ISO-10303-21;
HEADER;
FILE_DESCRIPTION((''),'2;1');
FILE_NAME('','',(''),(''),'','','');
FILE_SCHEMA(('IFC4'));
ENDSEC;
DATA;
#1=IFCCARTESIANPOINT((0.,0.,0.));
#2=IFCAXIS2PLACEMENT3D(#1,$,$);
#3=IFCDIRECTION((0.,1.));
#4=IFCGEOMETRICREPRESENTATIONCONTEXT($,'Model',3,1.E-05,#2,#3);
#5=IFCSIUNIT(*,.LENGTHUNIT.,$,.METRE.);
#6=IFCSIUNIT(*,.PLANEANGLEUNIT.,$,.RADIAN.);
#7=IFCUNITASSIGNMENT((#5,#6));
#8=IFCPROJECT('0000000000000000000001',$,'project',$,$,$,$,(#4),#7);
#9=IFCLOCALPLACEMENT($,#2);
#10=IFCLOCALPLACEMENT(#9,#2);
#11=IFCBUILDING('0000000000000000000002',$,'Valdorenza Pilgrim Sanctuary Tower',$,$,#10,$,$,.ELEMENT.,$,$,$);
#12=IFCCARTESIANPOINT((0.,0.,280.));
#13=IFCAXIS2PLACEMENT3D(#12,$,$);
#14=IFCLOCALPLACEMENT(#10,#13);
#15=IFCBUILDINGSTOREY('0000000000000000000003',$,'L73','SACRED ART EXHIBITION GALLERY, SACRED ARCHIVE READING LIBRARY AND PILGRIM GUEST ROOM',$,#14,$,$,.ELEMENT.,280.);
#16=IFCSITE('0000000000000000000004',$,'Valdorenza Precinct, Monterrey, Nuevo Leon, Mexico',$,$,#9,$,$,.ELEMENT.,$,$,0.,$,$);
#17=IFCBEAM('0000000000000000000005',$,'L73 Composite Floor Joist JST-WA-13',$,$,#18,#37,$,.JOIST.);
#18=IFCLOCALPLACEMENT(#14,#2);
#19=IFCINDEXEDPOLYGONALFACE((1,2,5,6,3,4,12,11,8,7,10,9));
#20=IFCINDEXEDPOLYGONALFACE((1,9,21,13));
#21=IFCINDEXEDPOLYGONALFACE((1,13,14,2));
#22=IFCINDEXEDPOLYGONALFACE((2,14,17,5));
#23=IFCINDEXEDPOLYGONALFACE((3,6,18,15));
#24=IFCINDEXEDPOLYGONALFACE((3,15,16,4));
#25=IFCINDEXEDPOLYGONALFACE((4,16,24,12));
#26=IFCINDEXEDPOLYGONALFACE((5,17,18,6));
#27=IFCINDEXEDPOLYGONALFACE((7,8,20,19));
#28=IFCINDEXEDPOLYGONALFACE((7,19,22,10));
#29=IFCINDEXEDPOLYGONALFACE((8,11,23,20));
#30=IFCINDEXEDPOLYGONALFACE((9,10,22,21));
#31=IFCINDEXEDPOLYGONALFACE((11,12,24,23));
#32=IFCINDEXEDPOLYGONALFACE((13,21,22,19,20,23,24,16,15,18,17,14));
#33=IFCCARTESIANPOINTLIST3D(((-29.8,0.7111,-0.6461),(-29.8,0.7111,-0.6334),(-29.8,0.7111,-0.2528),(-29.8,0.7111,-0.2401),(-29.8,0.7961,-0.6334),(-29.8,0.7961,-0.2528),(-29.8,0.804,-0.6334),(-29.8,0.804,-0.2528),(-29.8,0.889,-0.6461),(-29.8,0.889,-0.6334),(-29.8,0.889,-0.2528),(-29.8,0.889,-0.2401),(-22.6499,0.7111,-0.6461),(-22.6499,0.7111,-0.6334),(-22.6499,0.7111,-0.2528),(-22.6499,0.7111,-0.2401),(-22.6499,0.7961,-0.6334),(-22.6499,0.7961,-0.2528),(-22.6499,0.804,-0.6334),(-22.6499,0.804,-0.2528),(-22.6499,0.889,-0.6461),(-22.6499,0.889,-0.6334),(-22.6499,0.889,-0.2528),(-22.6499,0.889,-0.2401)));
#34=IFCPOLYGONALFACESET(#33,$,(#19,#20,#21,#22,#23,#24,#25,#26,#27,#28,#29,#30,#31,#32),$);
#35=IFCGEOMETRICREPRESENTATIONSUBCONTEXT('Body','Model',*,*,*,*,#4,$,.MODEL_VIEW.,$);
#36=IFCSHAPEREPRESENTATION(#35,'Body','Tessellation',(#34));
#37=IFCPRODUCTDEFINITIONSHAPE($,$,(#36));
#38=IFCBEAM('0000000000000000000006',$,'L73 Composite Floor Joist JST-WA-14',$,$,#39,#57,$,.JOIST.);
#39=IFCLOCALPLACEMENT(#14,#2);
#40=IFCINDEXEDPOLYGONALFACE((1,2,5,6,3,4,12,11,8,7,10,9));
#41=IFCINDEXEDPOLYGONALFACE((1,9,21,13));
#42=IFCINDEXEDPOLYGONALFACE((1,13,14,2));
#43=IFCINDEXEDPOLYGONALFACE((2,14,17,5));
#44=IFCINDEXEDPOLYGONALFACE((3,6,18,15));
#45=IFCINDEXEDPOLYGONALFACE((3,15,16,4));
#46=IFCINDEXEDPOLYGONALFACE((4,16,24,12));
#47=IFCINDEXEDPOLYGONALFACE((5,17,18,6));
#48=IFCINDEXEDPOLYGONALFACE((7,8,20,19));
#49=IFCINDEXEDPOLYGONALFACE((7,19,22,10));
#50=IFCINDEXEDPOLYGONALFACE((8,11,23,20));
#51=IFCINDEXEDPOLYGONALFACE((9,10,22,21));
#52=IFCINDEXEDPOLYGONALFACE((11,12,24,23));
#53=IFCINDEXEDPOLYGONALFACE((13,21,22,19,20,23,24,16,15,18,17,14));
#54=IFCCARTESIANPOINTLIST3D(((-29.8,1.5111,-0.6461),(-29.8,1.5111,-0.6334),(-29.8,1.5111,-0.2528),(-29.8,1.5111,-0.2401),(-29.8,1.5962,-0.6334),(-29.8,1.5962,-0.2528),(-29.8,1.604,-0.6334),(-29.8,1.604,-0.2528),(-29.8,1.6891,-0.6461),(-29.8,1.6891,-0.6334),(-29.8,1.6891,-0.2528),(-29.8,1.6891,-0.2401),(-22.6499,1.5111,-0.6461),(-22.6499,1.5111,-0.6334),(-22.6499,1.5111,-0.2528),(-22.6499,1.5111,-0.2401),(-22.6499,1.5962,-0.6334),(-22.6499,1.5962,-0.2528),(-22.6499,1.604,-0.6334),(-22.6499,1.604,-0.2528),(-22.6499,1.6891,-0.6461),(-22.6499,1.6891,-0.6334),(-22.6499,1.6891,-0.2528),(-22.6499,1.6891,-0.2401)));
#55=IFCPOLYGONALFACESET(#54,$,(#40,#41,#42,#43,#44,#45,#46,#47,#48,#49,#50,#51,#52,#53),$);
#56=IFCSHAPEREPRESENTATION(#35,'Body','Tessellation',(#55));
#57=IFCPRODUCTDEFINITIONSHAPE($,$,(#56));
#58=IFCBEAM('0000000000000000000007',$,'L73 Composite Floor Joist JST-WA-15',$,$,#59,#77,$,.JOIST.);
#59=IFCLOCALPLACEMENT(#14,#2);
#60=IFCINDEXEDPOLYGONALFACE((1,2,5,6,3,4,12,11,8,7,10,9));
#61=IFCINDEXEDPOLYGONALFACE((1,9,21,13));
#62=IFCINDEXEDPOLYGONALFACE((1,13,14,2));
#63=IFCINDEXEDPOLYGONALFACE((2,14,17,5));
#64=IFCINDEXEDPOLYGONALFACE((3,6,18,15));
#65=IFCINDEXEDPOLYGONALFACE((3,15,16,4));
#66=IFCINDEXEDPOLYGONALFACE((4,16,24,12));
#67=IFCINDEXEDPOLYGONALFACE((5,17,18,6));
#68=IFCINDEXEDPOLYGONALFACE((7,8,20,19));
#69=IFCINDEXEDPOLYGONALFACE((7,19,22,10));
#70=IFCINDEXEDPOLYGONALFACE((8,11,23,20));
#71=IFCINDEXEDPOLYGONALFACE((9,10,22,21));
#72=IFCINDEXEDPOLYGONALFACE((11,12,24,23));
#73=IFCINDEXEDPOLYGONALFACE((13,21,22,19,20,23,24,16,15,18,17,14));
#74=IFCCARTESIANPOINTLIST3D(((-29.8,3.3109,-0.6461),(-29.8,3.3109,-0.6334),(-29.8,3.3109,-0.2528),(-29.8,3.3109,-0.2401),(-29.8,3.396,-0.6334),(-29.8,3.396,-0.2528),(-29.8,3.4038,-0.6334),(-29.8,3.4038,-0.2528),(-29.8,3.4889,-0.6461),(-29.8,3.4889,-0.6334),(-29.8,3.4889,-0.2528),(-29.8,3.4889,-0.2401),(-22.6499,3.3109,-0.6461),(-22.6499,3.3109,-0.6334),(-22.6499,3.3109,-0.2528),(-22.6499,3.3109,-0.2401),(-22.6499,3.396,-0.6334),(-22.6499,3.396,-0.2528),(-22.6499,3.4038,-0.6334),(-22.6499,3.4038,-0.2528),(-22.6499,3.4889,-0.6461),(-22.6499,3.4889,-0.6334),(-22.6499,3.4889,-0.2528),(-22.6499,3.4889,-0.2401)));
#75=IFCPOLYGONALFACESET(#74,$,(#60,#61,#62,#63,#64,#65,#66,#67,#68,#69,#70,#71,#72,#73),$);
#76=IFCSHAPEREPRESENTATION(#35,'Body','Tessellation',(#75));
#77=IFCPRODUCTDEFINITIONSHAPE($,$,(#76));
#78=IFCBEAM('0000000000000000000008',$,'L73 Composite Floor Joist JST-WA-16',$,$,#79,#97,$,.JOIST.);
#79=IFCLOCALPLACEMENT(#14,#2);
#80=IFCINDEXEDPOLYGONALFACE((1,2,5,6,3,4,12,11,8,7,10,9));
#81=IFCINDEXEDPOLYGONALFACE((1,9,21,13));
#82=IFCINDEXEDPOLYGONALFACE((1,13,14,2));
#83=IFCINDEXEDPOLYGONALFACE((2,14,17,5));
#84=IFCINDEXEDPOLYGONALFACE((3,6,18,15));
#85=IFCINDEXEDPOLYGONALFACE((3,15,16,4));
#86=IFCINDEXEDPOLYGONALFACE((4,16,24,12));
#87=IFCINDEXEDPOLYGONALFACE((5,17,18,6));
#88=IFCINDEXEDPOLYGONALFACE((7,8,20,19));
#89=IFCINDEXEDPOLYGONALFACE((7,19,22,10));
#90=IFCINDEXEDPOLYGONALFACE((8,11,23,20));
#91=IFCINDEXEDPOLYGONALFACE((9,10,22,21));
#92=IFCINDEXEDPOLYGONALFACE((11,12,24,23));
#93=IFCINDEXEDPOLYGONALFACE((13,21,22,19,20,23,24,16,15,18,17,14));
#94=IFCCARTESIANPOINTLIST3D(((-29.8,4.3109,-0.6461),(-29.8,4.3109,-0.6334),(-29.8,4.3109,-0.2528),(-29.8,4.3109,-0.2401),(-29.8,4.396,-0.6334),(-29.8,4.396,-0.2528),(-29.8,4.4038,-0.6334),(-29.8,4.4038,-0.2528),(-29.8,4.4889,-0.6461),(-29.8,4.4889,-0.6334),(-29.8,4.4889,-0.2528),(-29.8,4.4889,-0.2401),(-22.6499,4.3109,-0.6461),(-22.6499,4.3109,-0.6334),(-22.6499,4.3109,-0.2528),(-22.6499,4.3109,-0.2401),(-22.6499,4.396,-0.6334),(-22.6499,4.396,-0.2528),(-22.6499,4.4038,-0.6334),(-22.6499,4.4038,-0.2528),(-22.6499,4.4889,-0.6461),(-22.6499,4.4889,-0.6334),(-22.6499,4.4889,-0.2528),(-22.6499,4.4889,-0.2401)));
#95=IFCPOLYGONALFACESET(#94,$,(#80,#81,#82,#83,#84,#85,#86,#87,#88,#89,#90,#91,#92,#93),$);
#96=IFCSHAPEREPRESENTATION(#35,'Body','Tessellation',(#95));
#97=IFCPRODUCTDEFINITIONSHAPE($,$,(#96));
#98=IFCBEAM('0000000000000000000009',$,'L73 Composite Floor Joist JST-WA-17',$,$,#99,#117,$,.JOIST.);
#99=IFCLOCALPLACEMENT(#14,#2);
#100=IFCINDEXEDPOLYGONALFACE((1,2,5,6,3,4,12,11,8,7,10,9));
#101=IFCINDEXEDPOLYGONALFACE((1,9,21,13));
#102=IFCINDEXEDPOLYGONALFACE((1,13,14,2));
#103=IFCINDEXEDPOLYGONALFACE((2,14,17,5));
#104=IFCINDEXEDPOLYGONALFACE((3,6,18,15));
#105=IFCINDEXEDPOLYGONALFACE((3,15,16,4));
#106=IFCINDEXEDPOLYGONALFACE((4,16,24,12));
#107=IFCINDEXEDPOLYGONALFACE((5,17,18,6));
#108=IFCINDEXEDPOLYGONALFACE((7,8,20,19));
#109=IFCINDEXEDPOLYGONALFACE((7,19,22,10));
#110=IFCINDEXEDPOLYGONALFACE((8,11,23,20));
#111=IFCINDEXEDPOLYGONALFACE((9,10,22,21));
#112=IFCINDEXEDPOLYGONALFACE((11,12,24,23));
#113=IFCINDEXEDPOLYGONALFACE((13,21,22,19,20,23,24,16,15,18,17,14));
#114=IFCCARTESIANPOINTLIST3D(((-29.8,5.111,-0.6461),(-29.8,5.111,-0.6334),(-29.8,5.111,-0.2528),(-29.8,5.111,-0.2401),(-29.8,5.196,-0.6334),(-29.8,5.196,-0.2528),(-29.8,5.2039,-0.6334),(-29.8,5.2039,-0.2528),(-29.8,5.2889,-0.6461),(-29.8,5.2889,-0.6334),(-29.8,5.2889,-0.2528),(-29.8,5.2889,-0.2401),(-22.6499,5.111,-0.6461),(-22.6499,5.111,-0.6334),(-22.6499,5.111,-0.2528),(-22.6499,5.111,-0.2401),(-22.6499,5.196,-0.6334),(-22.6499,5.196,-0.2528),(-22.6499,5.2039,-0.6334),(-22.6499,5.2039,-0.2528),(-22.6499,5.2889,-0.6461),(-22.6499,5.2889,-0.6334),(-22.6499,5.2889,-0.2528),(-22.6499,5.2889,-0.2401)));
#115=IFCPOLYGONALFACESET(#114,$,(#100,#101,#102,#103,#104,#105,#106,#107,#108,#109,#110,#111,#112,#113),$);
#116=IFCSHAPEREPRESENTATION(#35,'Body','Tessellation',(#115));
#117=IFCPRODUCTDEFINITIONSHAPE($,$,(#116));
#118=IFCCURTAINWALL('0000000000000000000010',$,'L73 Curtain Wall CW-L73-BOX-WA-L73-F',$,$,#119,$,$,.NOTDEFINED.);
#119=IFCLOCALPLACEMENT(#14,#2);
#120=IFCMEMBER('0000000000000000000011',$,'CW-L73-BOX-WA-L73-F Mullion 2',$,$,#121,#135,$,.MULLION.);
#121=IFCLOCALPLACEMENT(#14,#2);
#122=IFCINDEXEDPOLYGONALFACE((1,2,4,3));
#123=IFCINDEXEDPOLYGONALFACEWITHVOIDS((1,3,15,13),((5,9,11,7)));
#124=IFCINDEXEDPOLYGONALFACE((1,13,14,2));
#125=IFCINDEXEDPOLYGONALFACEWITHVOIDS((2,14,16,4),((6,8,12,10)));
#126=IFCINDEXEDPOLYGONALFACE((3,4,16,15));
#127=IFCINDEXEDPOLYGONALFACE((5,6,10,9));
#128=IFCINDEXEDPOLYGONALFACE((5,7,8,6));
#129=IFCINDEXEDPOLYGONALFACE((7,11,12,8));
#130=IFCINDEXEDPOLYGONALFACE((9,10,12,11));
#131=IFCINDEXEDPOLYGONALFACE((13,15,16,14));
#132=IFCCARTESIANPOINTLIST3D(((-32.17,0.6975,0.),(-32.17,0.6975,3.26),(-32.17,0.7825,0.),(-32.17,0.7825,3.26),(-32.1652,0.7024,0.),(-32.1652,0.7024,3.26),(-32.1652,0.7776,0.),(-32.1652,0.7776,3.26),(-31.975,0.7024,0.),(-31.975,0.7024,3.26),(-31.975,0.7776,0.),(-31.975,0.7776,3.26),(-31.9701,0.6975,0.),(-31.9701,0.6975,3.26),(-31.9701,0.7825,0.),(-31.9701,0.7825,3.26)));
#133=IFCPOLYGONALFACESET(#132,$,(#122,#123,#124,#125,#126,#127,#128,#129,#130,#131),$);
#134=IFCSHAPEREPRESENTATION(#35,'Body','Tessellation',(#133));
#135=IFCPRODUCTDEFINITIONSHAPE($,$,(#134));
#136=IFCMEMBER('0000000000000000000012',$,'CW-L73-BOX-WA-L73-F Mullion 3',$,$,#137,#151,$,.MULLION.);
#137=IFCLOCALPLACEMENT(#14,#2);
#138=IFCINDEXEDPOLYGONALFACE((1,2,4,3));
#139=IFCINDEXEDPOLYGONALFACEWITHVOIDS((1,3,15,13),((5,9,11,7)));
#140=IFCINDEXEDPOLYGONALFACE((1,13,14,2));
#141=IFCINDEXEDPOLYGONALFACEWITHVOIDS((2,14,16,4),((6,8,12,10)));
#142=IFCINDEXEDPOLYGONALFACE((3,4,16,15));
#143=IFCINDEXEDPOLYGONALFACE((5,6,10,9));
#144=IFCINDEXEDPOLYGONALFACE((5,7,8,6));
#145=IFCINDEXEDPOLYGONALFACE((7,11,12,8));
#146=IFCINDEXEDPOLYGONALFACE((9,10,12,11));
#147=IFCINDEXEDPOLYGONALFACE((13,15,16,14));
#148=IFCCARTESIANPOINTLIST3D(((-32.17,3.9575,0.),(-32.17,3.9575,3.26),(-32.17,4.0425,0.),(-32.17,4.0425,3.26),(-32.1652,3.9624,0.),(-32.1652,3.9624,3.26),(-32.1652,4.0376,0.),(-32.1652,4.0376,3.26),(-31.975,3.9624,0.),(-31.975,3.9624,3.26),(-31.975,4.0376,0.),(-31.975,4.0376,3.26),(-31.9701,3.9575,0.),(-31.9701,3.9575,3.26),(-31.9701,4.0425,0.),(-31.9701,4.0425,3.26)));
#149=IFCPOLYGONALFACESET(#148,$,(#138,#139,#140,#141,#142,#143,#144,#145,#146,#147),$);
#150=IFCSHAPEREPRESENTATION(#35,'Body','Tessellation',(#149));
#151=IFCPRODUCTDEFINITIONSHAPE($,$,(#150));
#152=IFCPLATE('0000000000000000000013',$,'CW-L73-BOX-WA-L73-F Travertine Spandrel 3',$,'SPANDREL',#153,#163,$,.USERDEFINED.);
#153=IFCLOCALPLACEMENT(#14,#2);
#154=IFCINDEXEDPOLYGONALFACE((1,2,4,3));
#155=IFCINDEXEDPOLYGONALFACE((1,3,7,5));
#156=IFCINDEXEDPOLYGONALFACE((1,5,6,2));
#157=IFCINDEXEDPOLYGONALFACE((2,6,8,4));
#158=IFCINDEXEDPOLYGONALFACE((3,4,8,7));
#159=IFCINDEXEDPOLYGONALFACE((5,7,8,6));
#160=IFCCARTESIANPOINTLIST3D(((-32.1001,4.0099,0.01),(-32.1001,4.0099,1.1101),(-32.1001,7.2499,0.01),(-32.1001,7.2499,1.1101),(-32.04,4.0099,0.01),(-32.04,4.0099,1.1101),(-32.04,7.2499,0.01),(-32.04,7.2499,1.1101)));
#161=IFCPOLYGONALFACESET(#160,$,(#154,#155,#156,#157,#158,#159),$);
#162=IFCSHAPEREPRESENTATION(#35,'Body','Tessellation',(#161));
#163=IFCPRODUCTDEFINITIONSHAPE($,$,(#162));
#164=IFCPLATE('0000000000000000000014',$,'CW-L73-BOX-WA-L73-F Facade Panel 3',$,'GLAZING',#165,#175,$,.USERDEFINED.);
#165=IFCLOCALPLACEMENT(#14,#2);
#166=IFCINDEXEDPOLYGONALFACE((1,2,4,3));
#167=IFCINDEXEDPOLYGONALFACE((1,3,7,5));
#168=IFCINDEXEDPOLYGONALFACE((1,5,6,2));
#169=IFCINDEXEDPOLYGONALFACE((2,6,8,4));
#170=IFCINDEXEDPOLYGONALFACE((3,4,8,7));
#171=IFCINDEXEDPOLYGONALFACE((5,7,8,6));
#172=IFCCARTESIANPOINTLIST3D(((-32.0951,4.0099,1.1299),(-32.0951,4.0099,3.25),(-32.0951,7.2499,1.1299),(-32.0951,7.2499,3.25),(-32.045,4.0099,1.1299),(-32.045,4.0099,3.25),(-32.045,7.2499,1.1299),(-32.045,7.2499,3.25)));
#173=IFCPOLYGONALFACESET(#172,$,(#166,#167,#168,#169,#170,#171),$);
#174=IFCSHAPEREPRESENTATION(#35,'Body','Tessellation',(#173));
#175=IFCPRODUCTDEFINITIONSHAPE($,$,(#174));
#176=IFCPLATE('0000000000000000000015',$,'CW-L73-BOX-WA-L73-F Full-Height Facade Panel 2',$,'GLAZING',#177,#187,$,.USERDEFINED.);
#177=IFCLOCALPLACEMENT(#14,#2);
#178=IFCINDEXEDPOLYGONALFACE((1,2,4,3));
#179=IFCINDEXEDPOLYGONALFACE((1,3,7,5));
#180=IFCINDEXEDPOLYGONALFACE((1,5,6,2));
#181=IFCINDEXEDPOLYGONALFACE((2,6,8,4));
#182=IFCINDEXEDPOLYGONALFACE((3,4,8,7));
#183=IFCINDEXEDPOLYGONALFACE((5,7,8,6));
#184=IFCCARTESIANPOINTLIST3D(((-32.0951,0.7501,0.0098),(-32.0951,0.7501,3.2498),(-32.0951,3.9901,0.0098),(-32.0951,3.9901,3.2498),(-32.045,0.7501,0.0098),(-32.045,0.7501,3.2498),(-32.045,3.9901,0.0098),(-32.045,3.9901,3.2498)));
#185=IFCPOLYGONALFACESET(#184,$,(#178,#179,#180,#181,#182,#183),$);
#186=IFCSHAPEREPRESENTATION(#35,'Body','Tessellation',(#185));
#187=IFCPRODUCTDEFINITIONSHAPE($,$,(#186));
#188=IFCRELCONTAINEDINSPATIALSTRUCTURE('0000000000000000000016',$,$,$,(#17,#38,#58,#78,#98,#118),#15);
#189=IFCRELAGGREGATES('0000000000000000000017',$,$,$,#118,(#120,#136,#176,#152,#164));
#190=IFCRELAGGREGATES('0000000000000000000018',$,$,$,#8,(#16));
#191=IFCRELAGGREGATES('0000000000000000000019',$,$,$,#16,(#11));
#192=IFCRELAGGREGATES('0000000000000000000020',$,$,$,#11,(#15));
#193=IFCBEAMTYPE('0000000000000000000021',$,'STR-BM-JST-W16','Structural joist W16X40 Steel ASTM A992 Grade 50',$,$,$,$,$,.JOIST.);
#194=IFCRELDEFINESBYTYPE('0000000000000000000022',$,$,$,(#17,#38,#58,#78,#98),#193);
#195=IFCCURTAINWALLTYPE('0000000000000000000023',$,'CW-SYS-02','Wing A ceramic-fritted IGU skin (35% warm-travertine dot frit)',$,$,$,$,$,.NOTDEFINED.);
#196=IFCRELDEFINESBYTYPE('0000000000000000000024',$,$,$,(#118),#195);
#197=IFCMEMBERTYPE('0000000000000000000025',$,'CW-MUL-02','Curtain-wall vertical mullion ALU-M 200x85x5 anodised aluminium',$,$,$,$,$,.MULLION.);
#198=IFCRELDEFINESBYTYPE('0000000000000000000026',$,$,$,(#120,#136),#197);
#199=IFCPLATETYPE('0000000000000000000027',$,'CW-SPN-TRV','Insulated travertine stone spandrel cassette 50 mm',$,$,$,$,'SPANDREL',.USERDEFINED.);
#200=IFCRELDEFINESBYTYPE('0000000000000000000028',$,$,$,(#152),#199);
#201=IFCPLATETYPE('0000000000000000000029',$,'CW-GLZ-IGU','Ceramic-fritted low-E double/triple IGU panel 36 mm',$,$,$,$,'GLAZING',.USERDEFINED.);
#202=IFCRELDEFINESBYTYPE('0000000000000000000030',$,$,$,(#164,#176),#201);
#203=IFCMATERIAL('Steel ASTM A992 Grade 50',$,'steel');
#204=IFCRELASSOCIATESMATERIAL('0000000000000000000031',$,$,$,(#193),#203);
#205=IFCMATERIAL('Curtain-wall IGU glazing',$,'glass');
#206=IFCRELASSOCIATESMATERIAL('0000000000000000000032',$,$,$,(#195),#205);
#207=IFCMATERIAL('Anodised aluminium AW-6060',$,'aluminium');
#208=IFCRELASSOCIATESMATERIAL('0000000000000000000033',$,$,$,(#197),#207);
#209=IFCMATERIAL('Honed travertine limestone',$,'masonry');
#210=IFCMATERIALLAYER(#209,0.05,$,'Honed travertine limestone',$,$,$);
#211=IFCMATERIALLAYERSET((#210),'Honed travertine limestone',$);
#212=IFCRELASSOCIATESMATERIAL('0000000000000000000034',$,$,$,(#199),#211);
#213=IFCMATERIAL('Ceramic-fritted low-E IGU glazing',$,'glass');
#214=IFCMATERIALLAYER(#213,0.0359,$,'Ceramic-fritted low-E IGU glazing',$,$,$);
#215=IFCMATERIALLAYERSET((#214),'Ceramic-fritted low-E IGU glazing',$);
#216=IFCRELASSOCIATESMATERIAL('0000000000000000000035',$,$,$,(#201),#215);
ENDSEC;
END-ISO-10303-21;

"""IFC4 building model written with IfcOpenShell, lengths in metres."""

from ifc_helpers import new_model, si_unit, direction, frame, origin, origin_2d, place, context, subcontext, project, spatial, rectangle, hollow_rectangle, i_section, extrude, source, transform, mapped, material, layer, layer_set, material_profile, profile_set, type_object, element, aggregate, save


model = new_model("IFC4")

# Units and contexts
model_context = context("Model", 3, precision=1e-05, world=origin(), true_north=direction((0.0, 1.0)))
body_context = subcontext(model_context, "Body", "Model", "MODEL_VIEW")
ifc_project = project(units=[si_unit("LENGTHUNIT", "METRE"), si_unit("PLANEANGLEUNIT", "RADIAN")], contexts=[model_context])

# Site, building, storey
site_placement = place(None, origin())
site = spatial("IfcSite", under=ifc_project, at=site_placement, Name="Valdorenza Precinct, Monterrey, Nuevo Leon, Mexico", CompositionType="ELEMENT", RefElevation=0.0)
building_placement = place(site_placement, origin())
building = spatial("IfcBuilding", under=site, at=building_placement, Name="Valdorenza Pilgrim Sanctuary Tower", CompositionType="ELEMENT")
storey_placement = place(building_placement, frame((0.0, 0.0, 280.0)))
storey = spatial("IfcBuildingStorey", under=building, at=storey_placement, Name="L73", Description="SACRED ART EXHIBITION GALLERY, SACRED ARCHIVE READING LIBRARY AND PILGRIM GUEST ROOM", CompositionType="ELEMENT", Elevation=280.0)

# Beams
ifc_material_1 = material(Name="Steel ASTM A992 Grade 50", Category="steel")
ifc_material_profile_1 = material_profile(ifc_material_1, i_section(OverallWidth=0.178, OverallDepth=0.406, WebThickness=0.0078, FlangeThickness=0.0127, at=origin_2d()), Name="W16X40")
ifc_profile_set_1 = profile_set([ifc_material_profile_1], Name="Steel ASTM A992 Grade 50")
beam_type = type_object("IfcBeamType", Name="STR-BM-JST-W16", Description="Structural joist W16X40 Steel ASTM A992 Grade 50", PredefinedType="JOIST", material=ifc_profile_set_1)
shared_shape_1 = source(origin(), body_context, "Body", "SweptSolid", [
    extrude(i_section(OverallWidth=0.178, OverallDepth=0.406, WebThickness=0.0078, FlangeThickness=0.0127, at=origin_2d()), origin(), (0.0, 0.0, 1.0), 7.1501),
])
for number, where, z_axis, x_axis, name in (
    (1, (-29.8, 0.8, -0.4431), (1.0, 0.0, 0.0), (0.0, 1.0, 0.0), "L73 Composite Floor Joist JST-WA-13"),
    (2, (-29.8, 1.6001, -0.4431), (1.0, 0.0, 0.0), (0.0, 1.0, 0.0), "L73 Composite Floor Joist JST-WA-14"),
    (3, (-29.8, 3.3999, -0.4431), (1.0, 0.0, 0.0), (0.0, 1.0, 0.0), "L73 Composite Floor Joist JST-WA-15"),
    (4, (-29.8, 4.3999, -0.4431), (1.0, 0.0, 0.0), (0.0, 1.0, 0.0), "L73 Composite Floor Joist JST-WA-16"),
    (5, (-29.8, 5.2, -0.4431), (1.0, 0.0, 0.0), (0.0, 1.0, 0.0), "L73 Composite Floor Joist JST-WA-17"),
):
    element("IfcBeam", number, at=place(storey_placement, frame(where, z_axis=z_axis, x_axis=x_axis)), inside=storey, type_object=beam_type, Name=name, PredefinedType="JOIST", context=body_context, shape_type="MappedRepresentation", body=[
        mapped(shared_shape_1, transform((0.0, 0.0, 0.0), x_axis=(1.0, 0.0, 0.0), y_axis=(0.0, 1.0, 0.0), z_axis=(0.0, 0.0, 1.0), scale=1.0)),
    ])

# Curtain wall, members, plates
ifc_material_2 = material(Name="Curtain-wall IGU glazing", Category="glass")
curtain_wall_type = type_object("IfcCurtainWallType", Name="CW-SYS-02", Description="Wing A ceramic-fritted IGU skin (35% warm-travertine dot frit)", PredefinedType="NOTDEFINED", material=ifc_material_2)
curtain_wall_placement = place(storey_placement, origin())
curtain_wall = element("IfcCurtainWall", 6, at=curtain_wall_placement, inside=storey, type_object=curtain_wall_type, Name="L73 Curtain Wall CW-L73-BOX-WA-L73-F", PredefinedType="NOTDEFINED")
ifc_material_3 = material(Name="Anodised aluminium AW-6060", Category="aluminium")
ifc_material_profile_2 = material_profile(ifc_material_3, hollow_rectangle(XDim=0.085, YDim=0.2, WallThickness=0.0049, at=origin_2d()), Name="ALU-M 200x85x5")
ifc_profile_set_2 = profile_set([ifc_material_profile_2], Name="Anodised aluminium AW-6060")
member_type = type_object("IfcMemberType", Name="CW-MUL-02", Description="Curtain-wall vertical mullion ALU-M 200x85x5 anodised aluminium", PredefinedType="MULLION", material=ifc_profile_set_2)
shared_shape_2 = source(origin(), body_context, "Body", "SweptSolid", [
    extrude(hollow_rectangle(XDim=0.085, YDim=0.2, WallThickness=0.0049, at=origin_2d()), origin(), (0.0, 0.0, 1.0), 3.26),
])
member_1_placement = place(storey_placement, frame((-32.0701, 0.74, 0.0), z_axis=(0.0, 0.0, 1.0), x_axis=(0.0, 1.0, 0.0)))
member_1 = element("IfcMember", 7, at=member_1_placement, type_object=member_type, Name="CW-L73-BOX-WA-L73-F Mullion 2", PredefinedType="MULLION", context=body_context, shape_type="MappedRepresentation", body=[
    mapped(shared_shape_2, transform((0.0, 0.0, 0.0), x_axis=(1.0, 0.0, 0.0), y_axis=(0.0, 1.0, 0.0), z_axis=(0.0, 0.0, 1.0), scale=1.0)),
])
member_2_placement = place(storey_placement, frame((-32.0701, 4.0, 0.0), z_axis=(0.0, 0.0, 1.0), x_axis=(0.0, 1.0, 0.0)))
member_2 = element("IfcMember", 8, at=member_2_placement, type_object=member_type, Name="CW-L73-BOX-WA-L73-F Mullion 3", PredefinedType="MULLION", context=body_context, shape_type="MappedRepresentation", body=[
    mapped(shared_shape_2, transform((0.0, 0.0, 0.0), x_axis=(1.0, 0.0, 0.0), y_axis=(0.0, 1.0, 0.0), z_axis=(0.0, 0.0, 1.0), scale=1.0)),
])
ifc_material_4 = material(Name="Honed travertine limestone", Category="masonry")
ifc_layer_1 = layer(ifc_material_4, 0.05, Name="Honed travertine limestone")
ifc_layer_set_1 = layer_set([ifc_layer_1], Name="Honed travertine limestone")
plate_type_1 = type_object("IfcPlateType", Name="CW-SPN-TRV", Description="Insulated travertine stone spandrel cassette 50 mm", ElementType="SPANDREL", PredefinedType="USERDEFINED", material=ifc_layer_set_1)
shared_shape_3 = source(origin(), body_context, "Body", "SweptSolid", [
    extrude(rectangle(XDim=3.24, YDim=0.0601, at=origin_2d()), origin(), (0.0, 0.0, 1.0), 1.1001),
])
plate_1_placement = place(storey_placement, frame((-32.0701, 5.6299, 0.01), z_axis=(0.0, 0.0, 1.0), x_axis=(0.0, 1.0, 0.0)))
plate_1 = element("IfcPlate", 9, at=plate_1_placement, type_object=plate_type_1, Name="CW-L73-BOX-WA-L73-F Travertine Spandrel 3", ObjectType="SPANDREL", PredefinedType="USERDEFINED", context=body_context, shape_type="MappedRepresentation", body=[
    mapped(shared_shape_3, transform((0.0, 0.0, 0.0), x_axis=(1.0, 0.0, 0.0), y_axis=(0.0, 1.0, 0.0), z_axis=(0.0, 0.0, 1.0), scale=1.0)),
])
ifc_material_5 = material(Name="Ceramic-fritted low-E IGU glazing", Category="glass")
ifc_layer_2 = layer(ifc_material_5, 0.0359, Name="Ceramic-fritted low-E IGU glazing")
ifc_layer_set_2 = layer_set([ifc_layer_2], Name="Ceramic-fritted low-E IGU glazing")
plate_type_2 = type_object("IfcPlateType", Name="CW-GLZ-IGU", Description="Ceramic-fritted low-E double/triple IGU panel 36 mm", ElementType="GLAZING", PredefinedType="USERDEFINED", material=ifc_layer_set_2)
shared_shape_4 = source(origin(), body_context, "Body", "SweptSolid", [
    extrude(rectangle(XDim=3.24, YDim=0.05, at=origin_2d()), origin(), (0.0, 0.0, 1.0), 2.1201),
])
plate_2_placement = place(storey_placement, frame((-32.0701, 5.6299, 1.1299), z_axis=(0.0, 0.0, 1.0), x_axis=(0.0, 1.0, 0.0)))
plate_2 = element("IfcPlate", 10, at=plate_2_placement, type_object=plate_type_2, Name="CW-L73-BOX-WA-L73-F Facade Panel 3", ObjectType="GLAZING", PredefinedType="USERDEFINED", context=body_context, shape_type="MappedRepresentation", body=[
    mapped(shared_shape_4, transform((0.0, 0.0, 0.0), x_axis=(1.0, 0.0, 0.0), y_axis=(0.0, 1.0, 0.0), z_axis=(0.0, 0.0, 1.0), scale=1.0)),
])
shared_shape_5 = source(origin(), body_context, "Body", "SweptSolid", [
    extrude(rectangle(XDim=3.24, YDim=0.05, at=origin_2d()), origin(), (0.0, 0.0, 1.0), 3.24),
])
plate_3_placement = place(storey_placement, frame((-32.0701, 2.3701, 0.0098), z_axis=(0.0, 0.0, 1.0), x_axis=(0.0, 1.0, 0.0)))
plate_3 = element("IfcPlate", 11, at=plate_3_placement, type_object=plate_type_2, Name="CW-L73-BOX-WA-L73-F Full-Height Facade Panel 2", ObjectType="GLAZING", PredefinedType="USERDEFINED", context=body_context, shape_type="MappedRepresentation", body=[
    mapped(shared_shape_5, transform((0.0, 0.0, 0.0), x_axis=(1.0, 0.0, 0.0), y_axis=(0.0, 1.0, 0.0), z_axis=(0.0, 0.0, 1.0), scale=1.0)),
])
aggregate(curtain_wall, [member_1, member_2, plate_3, plate_1, plate_2])

save(model, "model.ifc")
